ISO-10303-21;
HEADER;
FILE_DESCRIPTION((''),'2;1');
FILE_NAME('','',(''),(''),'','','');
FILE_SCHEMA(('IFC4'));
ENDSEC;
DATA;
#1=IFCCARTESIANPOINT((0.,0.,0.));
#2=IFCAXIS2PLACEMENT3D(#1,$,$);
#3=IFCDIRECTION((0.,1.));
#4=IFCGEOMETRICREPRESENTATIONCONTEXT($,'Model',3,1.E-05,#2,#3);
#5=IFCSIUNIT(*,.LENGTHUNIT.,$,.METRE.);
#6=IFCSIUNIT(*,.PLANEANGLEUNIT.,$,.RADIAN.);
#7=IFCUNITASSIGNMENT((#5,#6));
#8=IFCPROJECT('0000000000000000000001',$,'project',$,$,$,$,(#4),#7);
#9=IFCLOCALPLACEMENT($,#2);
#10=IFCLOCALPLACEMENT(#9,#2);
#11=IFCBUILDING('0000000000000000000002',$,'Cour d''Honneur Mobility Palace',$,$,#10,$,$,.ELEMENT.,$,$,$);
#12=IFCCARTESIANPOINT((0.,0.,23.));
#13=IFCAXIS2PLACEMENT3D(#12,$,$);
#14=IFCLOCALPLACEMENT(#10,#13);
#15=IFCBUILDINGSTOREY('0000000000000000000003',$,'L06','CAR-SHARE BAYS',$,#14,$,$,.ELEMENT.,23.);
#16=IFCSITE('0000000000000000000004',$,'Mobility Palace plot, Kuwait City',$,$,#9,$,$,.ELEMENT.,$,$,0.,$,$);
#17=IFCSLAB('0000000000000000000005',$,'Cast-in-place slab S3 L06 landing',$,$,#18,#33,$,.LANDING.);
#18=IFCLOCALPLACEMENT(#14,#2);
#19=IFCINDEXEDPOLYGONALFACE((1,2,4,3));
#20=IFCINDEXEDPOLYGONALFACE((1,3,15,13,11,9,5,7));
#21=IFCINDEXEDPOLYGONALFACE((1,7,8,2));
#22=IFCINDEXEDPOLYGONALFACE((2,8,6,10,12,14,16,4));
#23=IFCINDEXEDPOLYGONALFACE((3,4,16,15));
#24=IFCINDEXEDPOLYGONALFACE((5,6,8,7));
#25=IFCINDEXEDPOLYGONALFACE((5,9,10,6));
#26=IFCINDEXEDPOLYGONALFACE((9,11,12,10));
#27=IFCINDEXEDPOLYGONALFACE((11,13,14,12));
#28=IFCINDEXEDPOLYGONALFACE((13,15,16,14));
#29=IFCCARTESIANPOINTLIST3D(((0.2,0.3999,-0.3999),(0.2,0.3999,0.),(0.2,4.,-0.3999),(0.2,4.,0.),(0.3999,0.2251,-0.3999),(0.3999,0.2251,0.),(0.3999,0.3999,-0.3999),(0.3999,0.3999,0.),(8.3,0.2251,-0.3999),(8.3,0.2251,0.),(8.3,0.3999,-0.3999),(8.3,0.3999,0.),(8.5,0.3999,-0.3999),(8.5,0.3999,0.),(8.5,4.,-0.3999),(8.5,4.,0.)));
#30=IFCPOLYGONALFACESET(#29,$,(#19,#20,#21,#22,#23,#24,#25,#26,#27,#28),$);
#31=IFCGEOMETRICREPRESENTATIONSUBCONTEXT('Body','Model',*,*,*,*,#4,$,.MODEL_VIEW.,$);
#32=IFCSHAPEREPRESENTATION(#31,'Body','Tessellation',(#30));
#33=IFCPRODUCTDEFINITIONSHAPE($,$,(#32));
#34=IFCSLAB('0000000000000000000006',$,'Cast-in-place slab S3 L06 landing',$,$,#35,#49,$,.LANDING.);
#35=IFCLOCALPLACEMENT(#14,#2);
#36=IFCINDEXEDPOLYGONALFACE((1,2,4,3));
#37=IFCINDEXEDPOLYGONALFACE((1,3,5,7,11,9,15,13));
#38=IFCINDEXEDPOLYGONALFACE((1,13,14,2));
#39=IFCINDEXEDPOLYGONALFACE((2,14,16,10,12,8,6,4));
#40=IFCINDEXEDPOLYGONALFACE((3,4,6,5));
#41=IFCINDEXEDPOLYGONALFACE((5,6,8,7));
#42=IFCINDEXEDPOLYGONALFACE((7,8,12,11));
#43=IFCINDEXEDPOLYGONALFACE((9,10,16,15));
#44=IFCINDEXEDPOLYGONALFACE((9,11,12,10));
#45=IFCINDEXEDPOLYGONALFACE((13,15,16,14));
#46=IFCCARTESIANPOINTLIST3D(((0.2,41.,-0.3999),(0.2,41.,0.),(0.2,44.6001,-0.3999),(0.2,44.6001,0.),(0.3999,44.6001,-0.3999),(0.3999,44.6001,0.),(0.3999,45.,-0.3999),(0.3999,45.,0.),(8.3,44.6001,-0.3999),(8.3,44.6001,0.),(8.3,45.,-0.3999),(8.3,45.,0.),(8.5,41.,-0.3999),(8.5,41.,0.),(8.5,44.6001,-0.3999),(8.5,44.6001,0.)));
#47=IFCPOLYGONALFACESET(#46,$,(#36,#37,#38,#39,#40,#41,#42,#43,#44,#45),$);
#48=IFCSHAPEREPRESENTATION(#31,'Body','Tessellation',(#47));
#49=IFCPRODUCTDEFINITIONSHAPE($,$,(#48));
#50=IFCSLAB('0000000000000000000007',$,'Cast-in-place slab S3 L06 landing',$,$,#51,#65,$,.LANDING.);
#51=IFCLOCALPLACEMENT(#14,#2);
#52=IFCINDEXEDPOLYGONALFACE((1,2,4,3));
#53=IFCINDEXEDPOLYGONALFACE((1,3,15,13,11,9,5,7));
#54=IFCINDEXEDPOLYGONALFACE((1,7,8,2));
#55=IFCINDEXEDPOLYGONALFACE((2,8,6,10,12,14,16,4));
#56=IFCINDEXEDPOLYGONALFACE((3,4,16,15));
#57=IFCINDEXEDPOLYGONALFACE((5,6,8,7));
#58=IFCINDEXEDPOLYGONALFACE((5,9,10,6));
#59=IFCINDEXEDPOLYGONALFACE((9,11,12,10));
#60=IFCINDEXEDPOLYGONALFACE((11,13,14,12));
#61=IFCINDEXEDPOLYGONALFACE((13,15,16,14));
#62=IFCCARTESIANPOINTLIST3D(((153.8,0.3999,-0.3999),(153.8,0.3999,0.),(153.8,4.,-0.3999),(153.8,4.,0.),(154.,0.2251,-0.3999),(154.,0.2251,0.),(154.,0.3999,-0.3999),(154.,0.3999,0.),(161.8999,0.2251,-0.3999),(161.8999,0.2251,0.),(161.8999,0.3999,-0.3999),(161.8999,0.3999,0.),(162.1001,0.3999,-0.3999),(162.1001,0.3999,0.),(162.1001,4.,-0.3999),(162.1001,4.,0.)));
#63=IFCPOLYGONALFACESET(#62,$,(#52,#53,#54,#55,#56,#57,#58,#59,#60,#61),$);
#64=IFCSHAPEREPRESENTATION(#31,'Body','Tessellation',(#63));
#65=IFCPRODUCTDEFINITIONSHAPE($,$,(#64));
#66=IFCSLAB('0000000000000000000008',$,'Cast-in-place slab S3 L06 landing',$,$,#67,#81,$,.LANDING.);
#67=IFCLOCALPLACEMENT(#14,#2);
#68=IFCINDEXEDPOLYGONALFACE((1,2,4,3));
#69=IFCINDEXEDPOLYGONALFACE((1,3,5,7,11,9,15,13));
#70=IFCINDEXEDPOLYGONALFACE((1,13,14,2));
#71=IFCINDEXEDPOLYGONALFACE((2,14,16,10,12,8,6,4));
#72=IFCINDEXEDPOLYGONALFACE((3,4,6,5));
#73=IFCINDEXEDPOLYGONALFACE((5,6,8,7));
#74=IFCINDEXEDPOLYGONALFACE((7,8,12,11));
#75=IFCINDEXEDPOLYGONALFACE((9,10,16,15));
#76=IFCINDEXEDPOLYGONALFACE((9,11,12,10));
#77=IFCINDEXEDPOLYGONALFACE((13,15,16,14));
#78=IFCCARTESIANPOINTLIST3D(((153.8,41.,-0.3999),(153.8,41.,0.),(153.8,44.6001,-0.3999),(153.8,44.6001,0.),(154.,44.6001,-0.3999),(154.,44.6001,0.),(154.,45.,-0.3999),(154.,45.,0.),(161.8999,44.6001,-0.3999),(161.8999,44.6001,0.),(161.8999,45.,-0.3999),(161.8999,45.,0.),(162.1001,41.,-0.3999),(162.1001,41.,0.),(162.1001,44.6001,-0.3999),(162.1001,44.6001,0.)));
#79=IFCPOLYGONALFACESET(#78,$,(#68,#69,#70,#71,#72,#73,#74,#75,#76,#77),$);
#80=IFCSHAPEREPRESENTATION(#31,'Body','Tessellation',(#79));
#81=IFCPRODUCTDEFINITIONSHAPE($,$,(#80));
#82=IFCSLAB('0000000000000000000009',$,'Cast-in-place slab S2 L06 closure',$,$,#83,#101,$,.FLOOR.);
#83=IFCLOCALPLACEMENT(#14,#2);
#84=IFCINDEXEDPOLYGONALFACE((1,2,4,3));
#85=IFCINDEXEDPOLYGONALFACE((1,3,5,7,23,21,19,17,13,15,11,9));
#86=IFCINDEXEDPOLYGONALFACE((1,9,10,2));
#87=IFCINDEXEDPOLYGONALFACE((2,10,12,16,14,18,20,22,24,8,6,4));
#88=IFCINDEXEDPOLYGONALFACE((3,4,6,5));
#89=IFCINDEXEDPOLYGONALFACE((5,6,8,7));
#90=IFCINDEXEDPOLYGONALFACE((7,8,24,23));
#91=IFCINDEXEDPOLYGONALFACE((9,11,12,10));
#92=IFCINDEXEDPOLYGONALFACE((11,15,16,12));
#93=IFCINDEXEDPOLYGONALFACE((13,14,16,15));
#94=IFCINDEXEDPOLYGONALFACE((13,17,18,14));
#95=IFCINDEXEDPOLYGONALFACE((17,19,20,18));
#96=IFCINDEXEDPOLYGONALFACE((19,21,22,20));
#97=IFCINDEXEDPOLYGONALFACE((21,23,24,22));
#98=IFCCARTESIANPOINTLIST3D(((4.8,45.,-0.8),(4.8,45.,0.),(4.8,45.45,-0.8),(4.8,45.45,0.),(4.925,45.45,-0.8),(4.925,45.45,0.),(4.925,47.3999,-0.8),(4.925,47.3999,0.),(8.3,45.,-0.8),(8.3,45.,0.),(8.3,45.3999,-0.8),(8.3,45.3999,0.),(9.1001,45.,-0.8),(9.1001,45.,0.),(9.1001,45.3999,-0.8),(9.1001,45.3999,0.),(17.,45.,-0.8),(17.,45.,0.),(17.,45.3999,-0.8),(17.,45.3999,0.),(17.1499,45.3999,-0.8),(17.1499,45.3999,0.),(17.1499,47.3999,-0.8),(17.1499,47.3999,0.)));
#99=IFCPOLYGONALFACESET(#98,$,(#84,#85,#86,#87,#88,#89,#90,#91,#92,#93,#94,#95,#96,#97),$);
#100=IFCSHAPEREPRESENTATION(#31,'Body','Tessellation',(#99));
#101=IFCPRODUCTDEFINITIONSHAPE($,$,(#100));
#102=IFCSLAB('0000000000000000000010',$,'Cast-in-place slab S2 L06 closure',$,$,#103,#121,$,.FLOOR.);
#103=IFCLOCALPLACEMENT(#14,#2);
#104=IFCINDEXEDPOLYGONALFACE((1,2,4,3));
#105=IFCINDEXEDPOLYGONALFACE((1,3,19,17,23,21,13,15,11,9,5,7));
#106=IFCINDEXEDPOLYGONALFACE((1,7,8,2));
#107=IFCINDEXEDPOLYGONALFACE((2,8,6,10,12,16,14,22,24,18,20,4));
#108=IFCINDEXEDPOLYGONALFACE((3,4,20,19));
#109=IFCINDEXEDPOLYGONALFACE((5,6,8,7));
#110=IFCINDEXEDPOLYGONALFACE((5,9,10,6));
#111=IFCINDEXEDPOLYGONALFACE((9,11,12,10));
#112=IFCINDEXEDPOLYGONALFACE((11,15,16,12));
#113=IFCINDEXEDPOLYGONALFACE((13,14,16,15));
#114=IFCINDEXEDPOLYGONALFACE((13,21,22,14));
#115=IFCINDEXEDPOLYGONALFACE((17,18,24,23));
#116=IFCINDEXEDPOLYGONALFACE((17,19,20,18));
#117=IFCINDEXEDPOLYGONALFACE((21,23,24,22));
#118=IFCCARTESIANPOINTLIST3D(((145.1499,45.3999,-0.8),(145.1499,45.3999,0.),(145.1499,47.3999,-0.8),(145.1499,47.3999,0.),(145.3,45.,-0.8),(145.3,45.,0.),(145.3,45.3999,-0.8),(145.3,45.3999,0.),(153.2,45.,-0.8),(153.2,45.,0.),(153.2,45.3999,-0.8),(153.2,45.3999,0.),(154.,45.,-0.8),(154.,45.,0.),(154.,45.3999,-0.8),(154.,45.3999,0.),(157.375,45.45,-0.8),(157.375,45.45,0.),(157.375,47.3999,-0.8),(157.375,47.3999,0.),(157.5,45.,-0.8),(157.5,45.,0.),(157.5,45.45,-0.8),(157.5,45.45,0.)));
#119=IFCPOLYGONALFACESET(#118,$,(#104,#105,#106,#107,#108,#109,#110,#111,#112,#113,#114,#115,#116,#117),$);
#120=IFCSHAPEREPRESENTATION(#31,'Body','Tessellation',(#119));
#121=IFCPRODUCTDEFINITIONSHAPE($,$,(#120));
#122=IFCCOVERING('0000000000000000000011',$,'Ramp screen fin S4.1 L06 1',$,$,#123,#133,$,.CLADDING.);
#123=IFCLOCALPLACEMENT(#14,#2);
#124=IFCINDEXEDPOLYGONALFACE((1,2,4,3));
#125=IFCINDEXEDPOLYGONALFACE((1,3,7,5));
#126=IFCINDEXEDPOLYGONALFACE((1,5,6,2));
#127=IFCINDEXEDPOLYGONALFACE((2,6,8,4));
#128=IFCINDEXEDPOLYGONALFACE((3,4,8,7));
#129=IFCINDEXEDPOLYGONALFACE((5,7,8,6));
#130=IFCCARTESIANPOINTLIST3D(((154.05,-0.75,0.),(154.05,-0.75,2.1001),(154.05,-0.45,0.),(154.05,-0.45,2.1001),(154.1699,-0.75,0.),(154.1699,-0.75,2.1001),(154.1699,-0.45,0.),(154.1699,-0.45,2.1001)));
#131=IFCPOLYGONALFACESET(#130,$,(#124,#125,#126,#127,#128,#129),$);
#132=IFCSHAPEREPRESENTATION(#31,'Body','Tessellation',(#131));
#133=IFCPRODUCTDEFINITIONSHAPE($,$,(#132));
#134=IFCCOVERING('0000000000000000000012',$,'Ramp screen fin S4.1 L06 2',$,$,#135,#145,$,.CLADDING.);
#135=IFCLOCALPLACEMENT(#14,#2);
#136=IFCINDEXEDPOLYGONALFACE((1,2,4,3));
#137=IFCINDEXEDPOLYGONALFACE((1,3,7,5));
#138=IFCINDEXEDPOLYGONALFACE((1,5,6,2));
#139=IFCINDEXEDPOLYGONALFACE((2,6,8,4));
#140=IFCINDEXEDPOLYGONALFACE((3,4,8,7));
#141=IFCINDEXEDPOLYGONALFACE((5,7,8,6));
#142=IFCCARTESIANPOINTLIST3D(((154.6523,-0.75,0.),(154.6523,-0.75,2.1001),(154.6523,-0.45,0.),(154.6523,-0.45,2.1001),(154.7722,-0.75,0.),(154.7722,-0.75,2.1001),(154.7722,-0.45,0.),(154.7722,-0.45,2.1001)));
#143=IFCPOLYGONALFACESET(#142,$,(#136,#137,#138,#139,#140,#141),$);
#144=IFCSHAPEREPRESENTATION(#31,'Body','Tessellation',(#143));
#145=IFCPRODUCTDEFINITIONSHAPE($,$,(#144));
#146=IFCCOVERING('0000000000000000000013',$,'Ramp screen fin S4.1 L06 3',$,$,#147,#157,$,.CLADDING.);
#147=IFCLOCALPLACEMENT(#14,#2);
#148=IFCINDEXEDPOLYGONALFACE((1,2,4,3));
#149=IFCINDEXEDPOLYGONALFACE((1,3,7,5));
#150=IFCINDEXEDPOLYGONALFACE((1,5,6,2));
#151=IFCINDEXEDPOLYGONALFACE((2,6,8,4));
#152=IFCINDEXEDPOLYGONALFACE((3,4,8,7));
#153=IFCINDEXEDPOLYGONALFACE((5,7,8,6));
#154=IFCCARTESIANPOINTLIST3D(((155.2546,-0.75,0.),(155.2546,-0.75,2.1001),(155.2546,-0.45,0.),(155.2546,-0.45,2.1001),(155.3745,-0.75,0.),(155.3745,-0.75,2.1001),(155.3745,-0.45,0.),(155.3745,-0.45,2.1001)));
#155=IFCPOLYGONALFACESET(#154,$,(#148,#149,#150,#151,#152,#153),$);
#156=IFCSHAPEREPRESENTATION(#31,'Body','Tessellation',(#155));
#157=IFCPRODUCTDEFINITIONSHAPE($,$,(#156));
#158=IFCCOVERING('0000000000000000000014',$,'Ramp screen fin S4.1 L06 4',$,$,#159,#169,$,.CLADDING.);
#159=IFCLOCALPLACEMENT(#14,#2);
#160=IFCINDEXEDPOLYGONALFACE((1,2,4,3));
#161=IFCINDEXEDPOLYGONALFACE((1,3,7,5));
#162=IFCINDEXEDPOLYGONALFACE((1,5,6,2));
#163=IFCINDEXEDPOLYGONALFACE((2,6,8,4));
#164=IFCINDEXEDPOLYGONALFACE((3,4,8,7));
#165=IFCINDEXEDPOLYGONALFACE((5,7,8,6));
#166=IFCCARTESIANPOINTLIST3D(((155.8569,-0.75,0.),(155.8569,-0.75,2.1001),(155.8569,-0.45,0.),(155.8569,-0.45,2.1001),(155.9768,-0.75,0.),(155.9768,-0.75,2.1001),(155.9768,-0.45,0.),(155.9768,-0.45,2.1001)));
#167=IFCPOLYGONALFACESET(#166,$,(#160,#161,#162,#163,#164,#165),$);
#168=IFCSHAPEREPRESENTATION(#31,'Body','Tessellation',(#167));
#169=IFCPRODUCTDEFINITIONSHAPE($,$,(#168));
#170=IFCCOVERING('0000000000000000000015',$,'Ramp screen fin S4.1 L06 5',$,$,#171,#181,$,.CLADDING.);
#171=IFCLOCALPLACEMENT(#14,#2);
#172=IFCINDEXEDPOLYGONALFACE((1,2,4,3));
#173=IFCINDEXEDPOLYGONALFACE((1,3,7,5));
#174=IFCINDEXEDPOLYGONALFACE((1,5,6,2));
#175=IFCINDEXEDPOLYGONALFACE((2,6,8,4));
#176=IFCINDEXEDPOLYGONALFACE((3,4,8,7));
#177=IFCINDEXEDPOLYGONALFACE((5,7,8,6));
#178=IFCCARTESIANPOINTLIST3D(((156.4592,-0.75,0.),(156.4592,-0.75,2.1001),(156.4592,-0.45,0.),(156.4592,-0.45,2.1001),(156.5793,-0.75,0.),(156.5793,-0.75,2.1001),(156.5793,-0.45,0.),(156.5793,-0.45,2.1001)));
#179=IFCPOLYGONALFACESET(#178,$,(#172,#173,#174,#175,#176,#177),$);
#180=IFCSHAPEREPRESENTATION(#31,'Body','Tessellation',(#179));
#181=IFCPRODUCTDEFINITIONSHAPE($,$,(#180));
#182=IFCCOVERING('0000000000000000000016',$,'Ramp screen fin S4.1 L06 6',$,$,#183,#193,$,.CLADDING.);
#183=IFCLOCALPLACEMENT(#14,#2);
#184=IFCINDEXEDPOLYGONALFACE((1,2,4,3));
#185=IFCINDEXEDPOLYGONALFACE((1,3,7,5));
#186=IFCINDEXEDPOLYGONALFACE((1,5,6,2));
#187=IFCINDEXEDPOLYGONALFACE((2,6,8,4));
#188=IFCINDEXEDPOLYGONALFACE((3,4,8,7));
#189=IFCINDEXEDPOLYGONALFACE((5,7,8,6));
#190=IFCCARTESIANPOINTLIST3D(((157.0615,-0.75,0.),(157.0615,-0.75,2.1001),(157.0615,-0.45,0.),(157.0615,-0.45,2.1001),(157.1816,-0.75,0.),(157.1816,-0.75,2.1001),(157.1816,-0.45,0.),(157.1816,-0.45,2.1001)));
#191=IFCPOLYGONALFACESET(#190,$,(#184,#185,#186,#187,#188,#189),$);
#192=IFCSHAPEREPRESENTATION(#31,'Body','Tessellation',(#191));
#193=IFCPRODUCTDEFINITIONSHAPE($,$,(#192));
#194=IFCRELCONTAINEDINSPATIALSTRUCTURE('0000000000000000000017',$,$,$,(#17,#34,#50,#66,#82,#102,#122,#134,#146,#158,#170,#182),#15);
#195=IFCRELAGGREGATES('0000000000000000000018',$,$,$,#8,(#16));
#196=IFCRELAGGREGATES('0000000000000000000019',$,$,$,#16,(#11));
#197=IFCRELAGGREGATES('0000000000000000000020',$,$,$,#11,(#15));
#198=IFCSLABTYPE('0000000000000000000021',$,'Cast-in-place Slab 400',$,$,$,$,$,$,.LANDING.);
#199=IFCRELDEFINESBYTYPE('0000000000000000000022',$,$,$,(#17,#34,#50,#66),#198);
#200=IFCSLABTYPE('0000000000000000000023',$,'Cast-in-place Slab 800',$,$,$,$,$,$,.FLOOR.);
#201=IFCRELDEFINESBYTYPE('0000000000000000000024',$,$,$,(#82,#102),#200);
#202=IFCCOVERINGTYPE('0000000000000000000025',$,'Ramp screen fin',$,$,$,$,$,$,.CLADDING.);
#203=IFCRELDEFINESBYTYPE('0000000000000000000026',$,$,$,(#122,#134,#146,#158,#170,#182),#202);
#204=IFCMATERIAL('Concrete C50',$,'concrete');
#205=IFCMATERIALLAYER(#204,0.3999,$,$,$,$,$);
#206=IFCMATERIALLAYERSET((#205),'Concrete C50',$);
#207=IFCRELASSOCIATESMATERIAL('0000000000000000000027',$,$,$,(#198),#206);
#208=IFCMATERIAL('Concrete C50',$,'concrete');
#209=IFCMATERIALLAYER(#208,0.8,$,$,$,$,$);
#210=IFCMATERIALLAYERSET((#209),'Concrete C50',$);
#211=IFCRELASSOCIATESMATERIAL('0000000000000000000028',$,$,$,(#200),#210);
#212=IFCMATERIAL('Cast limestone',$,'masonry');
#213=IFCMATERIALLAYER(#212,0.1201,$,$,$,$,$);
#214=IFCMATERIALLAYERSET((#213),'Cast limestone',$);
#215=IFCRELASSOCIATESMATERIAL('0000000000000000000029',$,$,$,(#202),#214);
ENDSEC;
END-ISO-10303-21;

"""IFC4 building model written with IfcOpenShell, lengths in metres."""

from ifc_helpers import new_model, si_unit, direction, frame, origin, place, context, subcontext, project, spatial, polyline, outline, extrude, material, layer, layer_set, type_object, element, save


model = new_model("IFC4")

# Units and contexts
model_context = context("Model", 3, precision=1e-05, world=origin(), true_north=direction((0.0, 1.0)))
body_context = subcontext(model_context, "Body", "Model", "MODEL_VIEW")
ifc_project = project(units=[si_unit("LENGTHUNIT", "METRE"), si_unit("PLANEANGLEUNIT", "RADIAN")], contexts=[model_context])

# Site, building, storey
site_placement = place(None, origin())
site = spatial("IfcSite", under=ifc_project, at=site_placement, Name="Mobility Palace plot, Kuwait City", CompositionType="ELEMENT", RefElevation=0.0)
building_placement = place(site_placement, origin())
building = spatial("IfcBuilding", under=site, at=building_placement, Name="Cour d'Honneur Mobility Palace", CompositionType="ELEMENT")
storey_placement = place(building_placement, frame((0.0, 0.0, 23.0)))
storey = spatial("IfcBuildingStorey", under=building, at=storey_placement, Name="L06", Description="CAR-SHARE BAYS", CompositionType="ELEMENT", Elevation=23.0)

# Slabs
ifc_material_1 = material(Name="Concrete C50", Category="concrete")
ifc_layer_1 = layer(ifc_material_1, 0.3999)
ifc_layer_set_1 = layer_set([ifc_layer_1], Name="Concrete C50")
slab_type_1 = type_object("IfcSlabType", Name="Cast-in-place Slab 400", PredefinedType="LANDING", material=ifc_layer_set_1)
slab_1_placement = place(storey_placement, frame((0.0, 0.0, -0.3999)))
element("IfcSlab", 1, at=slab_1_placement, inside=storey, type_object=slab_type_1, Name="Cast-in-place slab S3 L06 landing", PredefinedType="LANDING", context=body_context, shape_type="SweptSolid", body=[
    extrude(outline(polyline([(8.3, 0.3999), (8.3, 0.2251), (0.3999, 0.2251), (0.3999, 0.3999), (0.2, 0.3999), (0.2, 4.0), (8.5, 4.0), (8.5, 0.3999), (8.3, 0.3999)])), origin(), (0.0, 0.0, 1.0), 0.3999),
])
slab_2_placement = place(storey_placement, frame((0.0, 0.0, -0.3999)))
element("IfcSlab", 2, at=slab_2_placement, inside=storey, type_object=slab_type_1, Name="Cast-in-place slab S3 L06 landing", PredefinedType="LANDING", context=body_context, shape_type="SweptSolid", body=[
    extrude(outline(polyline([(8.5, 44.6001), (8.5, 41.0), (0.2, 41.0), (0.2, 44.6001), (0.3999, 44.6001), (0.3999, 45.0), (8.3, 45.0), (8.3, 44.6001), (8.5, 44.6001)])), origin(), (0.0, 0.0, 1.0), 0.3999),
])
slab_3_placement = place(storey_placement, frame((0.0, 0.0, -0.3999)))
element("IfcSlab", 3, at=slab_3_placement, inside=storey, type_object=slab_type_1, Name="Cast-in-place slab S3 L06 landing", PredefinedType="LANDING", context=body_context, shape_type="SweptSolid", body=[
    extrude(outline(polyline([(161.8999, 0.3999), (161.8999, 0.2251), (154.0, 0.2251), (154.0, 0.3999), (153.8, 0.3999), (153.8, 4.0), (162.1001, 4.0), (162.1001, 0.3999), (161.8999, 0.3999)])), origin(), (0.0, 0.0, 1.0), 0.3999),
])
slab_4_placement = place(storey_placement, frame((0.0, 0.0, -0.3999)))
element("IfcSlab", 4, at=slab_4_placement, inside=storey, type_object=slab_type_1, Name="Cast-in-place slab S3 L06 landing", PredefinedType="LANDING", context=body_context, shape_type="SweptSolid", body=[
    extrude(outline(polyline([(162.1001, 44.6001), (162.1001, 41.0), (153.8, 41.0), (153.8, 44.6001), (154.0, 44.6001), (154.0, 45.0), (161.8999, 45.0), (161.8999, 44.6001), (162.1001, 44.6001)])), origin(), (0.0, 0.0, 1.0), 0.3999),
])
ifc_material_2 = material(Name="Concrete C50", Category="concrete")
ifc_layer_2 = layer(ifc_material_2, 0.8)
ifc_layer_set_2 = layer_set([ifc_layer_2], Name="Concrete C50")
slab_type_2 = type_object("IfcSlabType", Name="Cast-in-place Slab 800", PredefinedType="FLOOR", material=ifc_layer_set_2)
slab_5_placement = place(storey_placement, frame((0.0, 0.0, -0.8)))
element("IfcSlab", 5, at=slab_5_placement, inside=storey, type_object=slab_type_2, Name="Cast-in-place slab S2 L06 closure", PredefinedType="FLOOR", context=body_context, shape_type="SweptSolid", body=[
    extrude(outline(polyline([(17.0, 45.3999), (17.0, 45.0), (9.1001, 45.0), (9.1001, 45.3999), (8.3, 45.3999), (8.3, 45.0), (4.8, 45.0), (4.8, 45.45), (4.925, 45.45), (4.925, 47.3999), (17.1499, 47.3999), (17.1499, 45.3999), (17.0, 45.3999)])), origin(), (0.0, 0.0, 1.0), 0.8),
])
slab_6_placement = place(storey_placement, frame((0.0, 0.0, -0.8)))
element("IfcSlab", 6, at=slab_6_placement, inside=storey, type_object=slab_type_2, Name="Cast-in-place slab S2 L06 closure", PredefinedType="FLOOR", context=body_context, shape_type="SweptSolid", body=[
    extrude(outline(polyline([(154.0, 45.3999), (153.2, 45.3999), (153.2, 45.0), (145.3, 45.0), (145.3, 45.3999), (145.1499, 45.3999), (145.1499, 47.3999), (157.375, 47.3999), (157.375, 45.45), (157.5, 45.45), (157.5, 45.0), (154.0, 45.0), (154.0, 45.3999)])), origin(), (0.0, 0.0, 1.0), 0.8),
])

# Coverings
ifc_material_3 = material(Name="Cast limestone", Category="masonry")
ifc_layer_3 = layer(ifc_material_3, 0.1201)
ifc_layer_set_3 = layer_set([ifc_layer_3], Name="Cast limestone")
covering_type = type_object("IfcCoveringType", Name="Ramp screen fin", PredefinedType="CLADDING", material=ifc_layer_set_3)
covering_1_placement = place(storey_placement, origin())
element("IfcCovering", 7, at=covering_1_placement, inside=storey, type_object=covering_type, Name="Ramp screen fin S4.1 L06 1", PredefinedType="CLADDING", context=body_context, shape_type="SweptSolid", body=[
    extrude(outline(polyline([(154.05, -0.45), (154.1699, -0.45), (154.1699, -0.75), (154.05, -0.75), (154.05, -0.45)])), origin(), (0.0, 0.0, 1.0), 2.1001),
])
covering_2_placement = place(storey_placement, origin())
element("IfcCovering", 8, at=covering_2_placement, inside=storey, type_object=covering_type, Name="Ramp screen fin S4.1 L06 2", PredefinedType="CLADDING", context=body_context, shape_type="SweptSolid", body=[
    extrude(outline(polyline([(154.6523, -0.45), (154.7722, -0.45), (154.7722, -0.75), (154.6523, -0.75), (154.6523, -0.45)])), origin(), (0.0, 0.0, 1.0), 2.1001),
])
covering_3_placement = place(storey_placement, origin())
element("IfcCovering", 9, at=covering_3_placement, inside=storey, type_object=covering_type, Name="Ramp screen fin S4.1 L06 3", PredefinedType="CLADDING", context=body_context, shape_type="SweptSolid", body=[
    extrude(outline(polyline([(155.2546, -0.45), (155.3745, -0.45), (155.3745, -0.75), (155.2546, -0.75), (155.2546, -0.45)])), origin(), (0.0, 0.0, 1.0), 2.1001),
])
covering_4_placement = place(storey_placement, origin())
element("IfcCovering", 10, at=covering_4_placement, inside=storey, type_object=covering_type, Name="Ramp screen fin S4.1 L06 4", PredefinedType="CLADDING", context=body_context, shape_type="SweptSolid", body=[
    extrude(outline(polyline([(155.8569, -0.45), (155.9768, -0.45), (155.9768, -0.75), (155.8569, -0.75), (155.8569, -0.45)])), origin(), (0.0, 0.0, 1.0), 2.1001),
])
covering_5_placement = place(storey_placement, origin())
element("IfcCovering", 11, at=covering_5_placement, inside=storey, type_object=covering_type, Name="Ramp screen fin S4.1 L06 5", PredefinedType="CLADDING", context=body_context, shape_type="SweptSolid", body=[
    extrude(outline(polyline([(156.4592, -0.45), (156.5793, -0.45), (156.5793, -0.75), (156.4592, -0.75), (156.4592, -0.45)])), origin(), (0.0, 0.0, 1.0), 2.1001),
])
covering_6_placement = place(storey_placement, origin())
element("IfcCovering", 12, at=covering_6_placement, inside=storey, type_object=covering_type, Name="Ramp screen fin S4.1 L06 6", PredefinedType="CLADDING", context=body_context, shape_type="SweptSolid", body=[
    extrude(outline(polyline([(157.0615, -0.45), (157.1816, -0.45), (157.1816, -0.75), (157.0615, -0.75), (157.0615, -0.45)])), origin(), (0.0, 0.0, 1.0), 2.1001),
])

save(model, "model.ifc")
